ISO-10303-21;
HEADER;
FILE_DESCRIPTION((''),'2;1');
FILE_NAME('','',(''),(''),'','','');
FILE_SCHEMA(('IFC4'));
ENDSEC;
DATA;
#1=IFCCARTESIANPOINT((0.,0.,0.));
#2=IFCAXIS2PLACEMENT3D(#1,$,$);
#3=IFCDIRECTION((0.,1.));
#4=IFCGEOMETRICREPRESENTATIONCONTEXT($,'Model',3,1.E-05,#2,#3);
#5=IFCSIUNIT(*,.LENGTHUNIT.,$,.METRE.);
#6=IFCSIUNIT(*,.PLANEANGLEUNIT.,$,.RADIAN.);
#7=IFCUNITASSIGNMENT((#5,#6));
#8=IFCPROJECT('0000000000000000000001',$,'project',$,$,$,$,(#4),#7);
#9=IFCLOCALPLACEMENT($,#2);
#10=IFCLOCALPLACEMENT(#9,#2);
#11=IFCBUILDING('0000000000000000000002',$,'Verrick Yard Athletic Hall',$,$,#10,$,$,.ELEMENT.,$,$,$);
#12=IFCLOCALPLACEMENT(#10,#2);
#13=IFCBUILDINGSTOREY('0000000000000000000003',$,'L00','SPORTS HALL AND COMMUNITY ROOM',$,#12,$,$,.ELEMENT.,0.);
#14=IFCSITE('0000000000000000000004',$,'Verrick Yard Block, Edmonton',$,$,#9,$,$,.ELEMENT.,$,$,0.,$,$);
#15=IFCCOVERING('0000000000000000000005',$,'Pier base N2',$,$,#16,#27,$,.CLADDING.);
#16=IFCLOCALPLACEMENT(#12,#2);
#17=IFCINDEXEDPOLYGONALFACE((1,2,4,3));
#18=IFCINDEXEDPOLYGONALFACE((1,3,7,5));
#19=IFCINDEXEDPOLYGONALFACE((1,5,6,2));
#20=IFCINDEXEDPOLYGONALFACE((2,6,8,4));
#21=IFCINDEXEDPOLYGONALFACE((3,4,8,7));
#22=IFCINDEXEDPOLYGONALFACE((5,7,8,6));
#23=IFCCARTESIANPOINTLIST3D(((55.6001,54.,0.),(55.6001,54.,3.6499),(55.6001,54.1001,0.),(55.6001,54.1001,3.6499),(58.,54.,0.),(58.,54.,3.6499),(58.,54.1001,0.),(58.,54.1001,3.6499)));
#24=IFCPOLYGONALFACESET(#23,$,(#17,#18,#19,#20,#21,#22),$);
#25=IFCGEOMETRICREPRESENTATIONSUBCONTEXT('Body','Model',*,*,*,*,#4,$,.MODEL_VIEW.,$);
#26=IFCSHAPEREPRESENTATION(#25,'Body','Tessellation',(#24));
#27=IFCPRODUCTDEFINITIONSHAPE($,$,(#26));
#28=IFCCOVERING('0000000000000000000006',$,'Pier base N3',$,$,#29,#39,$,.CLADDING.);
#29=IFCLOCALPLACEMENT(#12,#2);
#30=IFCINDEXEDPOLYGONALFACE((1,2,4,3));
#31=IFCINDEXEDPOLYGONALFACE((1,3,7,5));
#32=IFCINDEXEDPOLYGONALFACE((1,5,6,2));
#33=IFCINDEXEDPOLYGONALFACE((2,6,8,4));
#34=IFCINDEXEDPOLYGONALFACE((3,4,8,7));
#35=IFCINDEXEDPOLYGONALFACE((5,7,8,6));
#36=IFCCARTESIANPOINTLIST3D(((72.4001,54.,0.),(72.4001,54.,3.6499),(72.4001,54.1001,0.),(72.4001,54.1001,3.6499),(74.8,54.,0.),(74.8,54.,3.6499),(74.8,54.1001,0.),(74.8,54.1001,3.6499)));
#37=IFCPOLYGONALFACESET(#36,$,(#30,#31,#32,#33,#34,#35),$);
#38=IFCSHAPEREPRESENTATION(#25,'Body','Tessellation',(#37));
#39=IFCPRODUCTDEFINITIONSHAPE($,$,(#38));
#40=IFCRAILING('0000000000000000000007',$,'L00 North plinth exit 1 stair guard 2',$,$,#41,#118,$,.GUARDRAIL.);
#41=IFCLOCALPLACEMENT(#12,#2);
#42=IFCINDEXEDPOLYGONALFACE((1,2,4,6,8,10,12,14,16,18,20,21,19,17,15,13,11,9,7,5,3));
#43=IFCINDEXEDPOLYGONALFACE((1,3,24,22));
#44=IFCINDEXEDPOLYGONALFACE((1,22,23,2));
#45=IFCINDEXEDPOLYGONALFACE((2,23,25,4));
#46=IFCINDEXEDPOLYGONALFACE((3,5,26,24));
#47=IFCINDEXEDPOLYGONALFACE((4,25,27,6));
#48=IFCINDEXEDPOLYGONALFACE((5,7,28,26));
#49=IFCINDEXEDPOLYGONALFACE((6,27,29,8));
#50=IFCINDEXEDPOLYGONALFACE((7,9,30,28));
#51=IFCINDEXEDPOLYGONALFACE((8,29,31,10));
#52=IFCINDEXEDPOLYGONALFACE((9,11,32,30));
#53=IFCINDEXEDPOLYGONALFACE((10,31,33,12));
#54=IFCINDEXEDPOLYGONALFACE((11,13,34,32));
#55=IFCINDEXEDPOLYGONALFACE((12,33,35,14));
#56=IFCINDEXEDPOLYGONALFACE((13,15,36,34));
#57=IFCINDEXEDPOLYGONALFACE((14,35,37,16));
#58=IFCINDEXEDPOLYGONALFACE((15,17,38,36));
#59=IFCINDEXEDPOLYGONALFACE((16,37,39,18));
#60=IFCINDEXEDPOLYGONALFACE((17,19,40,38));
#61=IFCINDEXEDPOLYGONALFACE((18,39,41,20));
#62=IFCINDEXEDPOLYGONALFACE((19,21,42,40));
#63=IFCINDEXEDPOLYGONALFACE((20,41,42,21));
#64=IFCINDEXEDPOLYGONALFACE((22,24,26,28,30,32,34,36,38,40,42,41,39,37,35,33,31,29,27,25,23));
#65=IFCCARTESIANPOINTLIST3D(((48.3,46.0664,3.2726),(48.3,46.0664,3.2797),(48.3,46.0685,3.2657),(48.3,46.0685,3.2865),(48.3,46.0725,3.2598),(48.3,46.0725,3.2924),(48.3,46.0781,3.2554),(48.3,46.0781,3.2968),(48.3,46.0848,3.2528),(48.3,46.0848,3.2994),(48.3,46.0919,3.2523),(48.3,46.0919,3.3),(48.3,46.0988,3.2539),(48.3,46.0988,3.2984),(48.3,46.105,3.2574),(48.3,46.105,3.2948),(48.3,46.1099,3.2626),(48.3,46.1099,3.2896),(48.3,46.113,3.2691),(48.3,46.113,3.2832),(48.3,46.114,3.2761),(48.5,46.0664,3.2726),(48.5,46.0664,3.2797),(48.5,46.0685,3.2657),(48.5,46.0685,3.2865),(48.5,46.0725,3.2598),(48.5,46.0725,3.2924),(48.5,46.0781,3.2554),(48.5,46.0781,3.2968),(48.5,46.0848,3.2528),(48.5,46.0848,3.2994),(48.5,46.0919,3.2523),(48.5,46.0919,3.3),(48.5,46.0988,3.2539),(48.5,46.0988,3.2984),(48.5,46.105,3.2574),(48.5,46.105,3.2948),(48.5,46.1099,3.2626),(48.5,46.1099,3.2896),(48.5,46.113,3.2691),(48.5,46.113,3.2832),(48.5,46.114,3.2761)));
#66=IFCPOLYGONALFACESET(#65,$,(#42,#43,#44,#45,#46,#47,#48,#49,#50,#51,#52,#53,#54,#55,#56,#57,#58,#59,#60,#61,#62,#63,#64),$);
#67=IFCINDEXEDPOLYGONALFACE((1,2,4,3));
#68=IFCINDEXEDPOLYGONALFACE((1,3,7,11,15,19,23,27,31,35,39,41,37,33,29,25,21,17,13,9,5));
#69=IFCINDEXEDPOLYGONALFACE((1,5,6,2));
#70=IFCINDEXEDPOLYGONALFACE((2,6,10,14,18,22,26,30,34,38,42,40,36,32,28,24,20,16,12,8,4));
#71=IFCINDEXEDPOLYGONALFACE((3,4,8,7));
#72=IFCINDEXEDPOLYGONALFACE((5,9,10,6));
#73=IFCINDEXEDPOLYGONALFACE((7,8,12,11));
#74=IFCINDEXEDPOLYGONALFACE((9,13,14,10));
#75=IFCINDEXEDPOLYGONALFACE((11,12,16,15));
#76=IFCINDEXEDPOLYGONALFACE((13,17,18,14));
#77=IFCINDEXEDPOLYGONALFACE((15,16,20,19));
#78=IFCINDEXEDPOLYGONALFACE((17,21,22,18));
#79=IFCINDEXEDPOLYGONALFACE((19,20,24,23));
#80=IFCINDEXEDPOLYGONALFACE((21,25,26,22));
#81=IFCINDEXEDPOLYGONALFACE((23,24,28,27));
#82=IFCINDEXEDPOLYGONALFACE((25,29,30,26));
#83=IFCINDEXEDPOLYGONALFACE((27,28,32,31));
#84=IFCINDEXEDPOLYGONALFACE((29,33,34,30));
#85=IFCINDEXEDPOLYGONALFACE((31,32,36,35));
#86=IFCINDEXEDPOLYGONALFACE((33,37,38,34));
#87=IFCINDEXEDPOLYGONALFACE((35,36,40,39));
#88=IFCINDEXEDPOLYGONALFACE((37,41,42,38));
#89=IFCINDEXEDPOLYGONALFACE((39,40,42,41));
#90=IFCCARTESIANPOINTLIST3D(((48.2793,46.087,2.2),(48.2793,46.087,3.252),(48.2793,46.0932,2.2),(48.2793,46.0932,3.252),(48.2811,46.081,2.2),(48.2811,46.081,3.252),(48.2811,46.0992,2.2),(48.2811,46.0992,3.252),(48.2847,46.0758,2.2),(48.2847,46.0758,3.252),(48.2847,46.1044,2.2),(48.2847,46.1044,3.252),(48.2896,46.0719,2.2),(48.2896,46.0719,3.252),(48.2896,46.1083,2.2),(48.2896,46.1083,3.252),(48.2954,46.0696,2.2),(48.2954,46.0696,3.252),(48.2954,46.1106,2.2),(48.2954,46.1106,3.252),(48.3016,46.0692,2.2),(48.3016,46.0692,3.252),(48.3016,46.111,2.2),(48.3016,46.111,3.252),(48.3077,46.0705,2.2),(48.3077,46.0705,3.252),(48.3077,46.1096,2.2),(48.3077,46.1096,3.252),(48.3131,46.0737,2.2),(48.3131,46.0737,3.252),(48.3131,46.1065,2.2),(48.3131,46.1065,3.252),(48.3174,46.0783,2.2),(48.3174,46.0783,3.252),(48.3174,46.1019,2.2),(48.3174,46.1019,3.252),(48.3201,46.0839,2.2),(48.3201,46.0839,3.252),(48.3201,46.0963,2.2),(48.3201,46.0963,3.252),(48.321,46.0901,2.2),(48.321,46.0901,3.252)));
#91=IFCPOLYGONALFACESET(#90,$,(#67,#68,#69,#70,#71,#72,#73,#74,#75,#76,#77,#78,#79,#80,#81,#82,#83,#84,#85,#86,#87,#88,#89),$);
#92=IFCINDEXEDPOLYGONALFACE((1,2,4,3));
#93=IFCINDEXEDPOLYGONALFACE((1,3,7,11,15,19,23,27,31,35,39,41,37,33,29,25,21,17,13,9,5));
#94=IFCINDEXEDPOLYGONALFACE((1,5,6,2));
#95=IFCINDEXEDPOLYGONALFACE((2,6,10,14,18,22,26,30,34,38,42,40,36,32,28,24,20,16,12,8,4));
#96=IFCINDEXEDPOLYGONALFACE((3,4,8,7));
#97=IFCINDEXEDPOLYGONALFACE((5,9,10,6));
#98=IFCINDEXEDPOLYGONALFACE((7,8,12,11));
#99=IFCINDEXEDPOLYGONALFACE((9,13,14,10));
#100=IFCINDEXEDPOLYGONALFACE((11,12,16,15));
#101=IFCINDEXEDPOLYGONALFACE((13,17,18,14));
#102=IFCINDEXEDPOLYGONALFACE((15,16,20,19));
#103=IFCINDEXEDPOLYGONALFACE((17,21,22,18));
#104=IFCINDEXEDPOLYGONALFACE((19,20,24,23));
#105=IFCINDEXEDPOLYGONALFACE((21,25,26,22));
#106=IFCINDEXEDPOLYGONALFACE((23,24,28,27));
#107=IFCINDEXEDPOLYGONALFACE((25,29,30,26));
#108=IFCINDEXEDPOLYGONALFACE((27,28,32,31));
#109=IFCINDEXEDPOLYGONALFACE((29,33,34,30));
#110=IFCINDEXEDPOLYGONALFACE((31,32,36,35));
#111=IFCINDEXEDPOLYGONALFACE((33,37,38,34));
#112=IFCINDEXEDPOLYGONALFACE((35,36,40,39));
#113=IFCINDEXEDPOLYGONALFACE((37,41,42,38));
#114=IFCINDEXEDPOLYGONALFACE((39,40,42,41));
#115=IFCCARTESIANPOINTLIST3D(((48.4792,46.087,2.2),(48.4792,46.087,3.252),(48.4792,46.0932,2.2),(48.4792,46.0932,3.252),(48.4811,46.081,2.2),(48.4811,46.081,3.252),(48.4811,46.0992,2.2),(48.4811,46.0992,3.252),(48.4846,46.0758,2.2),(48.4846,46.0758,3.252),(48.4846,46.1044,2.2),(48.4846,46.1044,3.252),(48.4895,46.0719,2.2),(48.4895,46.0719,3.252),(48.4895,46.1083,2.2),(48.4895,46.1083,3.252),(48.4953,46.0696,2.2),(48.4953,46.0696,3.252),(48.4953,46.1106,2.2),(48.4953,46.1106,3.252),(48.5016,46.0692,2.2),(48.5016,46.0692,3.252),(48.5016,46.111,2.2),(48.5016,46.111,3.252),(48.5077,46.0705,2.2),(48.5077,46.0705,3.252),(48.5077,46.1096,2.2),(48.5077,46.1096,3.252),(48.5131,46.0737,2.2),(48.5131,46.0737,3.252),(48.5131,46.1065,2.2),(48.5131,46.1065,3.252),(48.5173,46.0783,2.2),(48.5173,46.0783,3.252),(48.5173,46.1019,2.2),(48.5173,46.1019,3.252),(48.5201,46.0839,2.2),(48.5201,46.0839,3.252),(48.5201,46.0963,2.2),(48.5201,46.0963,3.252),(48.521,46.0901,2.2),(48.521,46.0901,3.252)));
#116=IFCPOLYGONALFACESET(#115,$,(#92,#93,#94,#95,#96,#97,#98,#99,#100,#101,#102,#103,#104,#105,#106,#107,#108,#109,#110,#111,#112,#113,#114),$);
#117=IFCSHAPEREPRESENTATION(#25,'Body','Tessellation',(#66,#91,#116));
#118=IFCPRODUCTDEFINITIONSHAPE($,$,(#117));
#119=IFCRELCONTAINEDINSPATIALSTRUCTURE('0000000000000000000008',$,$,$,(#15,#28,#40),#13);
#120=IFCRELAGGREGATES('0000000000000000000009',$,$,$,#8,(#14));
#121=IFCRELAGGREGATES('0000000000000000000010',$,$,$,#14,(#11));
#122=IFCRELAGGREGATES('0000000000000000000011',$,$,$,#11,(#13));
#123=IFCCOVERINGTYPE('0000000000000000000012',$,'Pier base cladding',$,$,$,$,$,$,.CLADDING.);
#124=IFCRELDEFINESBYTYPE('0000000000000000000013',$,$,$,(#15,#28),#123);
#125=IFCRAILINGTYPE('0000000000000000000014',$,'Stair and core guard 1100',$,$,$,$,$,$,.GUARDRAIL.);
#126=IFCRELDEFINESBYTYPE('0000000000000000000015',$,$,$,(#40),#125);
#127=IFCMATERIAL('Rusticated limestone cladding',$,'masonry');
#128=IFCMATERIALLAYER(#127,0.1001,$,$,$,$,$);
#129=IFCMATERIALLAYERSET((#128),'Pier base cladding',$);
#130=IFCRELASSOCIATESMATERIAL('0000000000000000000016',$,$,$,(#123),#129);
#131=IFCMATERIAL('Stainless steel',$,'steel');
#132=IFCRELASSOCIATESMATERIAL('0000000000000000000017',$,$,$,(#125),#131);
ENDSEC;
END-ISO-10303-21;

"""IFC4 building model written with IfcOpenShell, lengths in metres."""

from ifc_helpers import new_model, si_unit, direction, frame, origin, origin_2d, place, context, subcontext, project, spatial, rectangle, circle, extrude, material, layer, layer_set, type_object, element, save


model = new_model("IFC4")

# Units and contexts
model_context = context("Model", 3, precision=1e-05, world=origin(), true_north=direction((0.0, 1.0)))
body_context = subcontext(model_context, "Body", "Model", "MODEL_VIEW")
ifc_project = project(units=[si_unit("LENGTHUNIT", "METRE"), si_unit("PLANEANGLEUNIT", "RADIAN")], contexts=[model_context])

# Site, building, storey
site_placement = place(None, origin())
site = spatial("IfcSite", under=ifc_project, at=site_placement, Name="Verrick Yard Block, Edmonton", CompositionType="ELEMENT", RefElevation=0.0)
building_placement = place(site_placement, origin())
building = spatial("IfcBuilding", under=site, at=building_placement, Name="Verrick Yard Athletic Hall", CompositionType="ELEMENT")
storey_placement = place(building_placement, origin())
storey = spatial("IfcBuildingStorey", under=building, at=storey_placement, Name="L00", Description="SPORTS HALL AND COMMUNITY ROOM", CompositionType="ELEMENT", Elevation=0.0)

# Shared definitions
ifc_material_1 = material(Name="Rusticated limestone cladding", Category="masonry")

# Coverings
ifc_layer_1 = layer(ifc_material_1, 0.1001)
ifc_layer_set_1 = layer_set([ifc_layer_1], Name="Pier base cladding")
covering_type = type_object("IfcCoveringType", Name="Pier base cladding", PredefinedType="CLADDING", material=ifc_layer_set_1)
for number, where, z_axis, x_axis, name in (
    (1, (56.8, 54.05, 0.0), (0.0, 0.0, 1.0), (1.0, 0.0, 0.0), "Pier base N2"),
    (2, (73.6001, 54.05, 0.0), (0.0, 0.0, 1.0), (1.0, 0.0, 0.0), "Pier base N3"),
):
    element("IfcCovering", number, at=place(storey_placement, frame(where, z_axis=z_axis, x_axis=x_axis)), inside=storey, type_object=covering_type, Name=name, PredefinedType="CLADDING", context=body_context, shape_type="SweptSolid", body=[
        extrude(rectangle(XDim=2.3999, YDim=0.1001, at=origin_2d()), origin(), (0.0, 0.0, 1.0), 3.6499),
    ])

# Railing
ifc_material_2 = material(Name="Stainless steel", Category="steel")
railing_type_1 = type_object("IfcRailingType", Name="Stair and core guard 1100", PredefinedType="GUARDRAIL", material=ifc_material_2)
railing_1_placement = place(storey_placement, frame((48.3, 46.0901, 2.2)))
element("IfcRailing", 3, at=railing_1_placement, inside=storey, type_object=railing_type_1, Name="L00 North plinth exit 1 stair guard 2", PredefinedType="GUARDRAIL", context=body_context, shape_type="SweptSolid", body=[
    extrude(circle(Radius=0.0239, at=origin_2d()), frame((0.0, 0.0, 1.0762), z_axis=(1.0, 0.0, 0.0), x_axis=(0.0, 1.0, 0.0)), (0.0, 0.0, 1.0), 0.2),
    extrude(circle(Radius=0.021, at=origin_2d()), origin(), (0.0, 0.0, 1.0), 1.052),
    extrude(circle(Radius=0.021, at=origin_2d()), frame((0.2, 0.0, 0.0)), (0.0, 0.0, 1.0), 1.052),
])

save(model, "model.ifc")
